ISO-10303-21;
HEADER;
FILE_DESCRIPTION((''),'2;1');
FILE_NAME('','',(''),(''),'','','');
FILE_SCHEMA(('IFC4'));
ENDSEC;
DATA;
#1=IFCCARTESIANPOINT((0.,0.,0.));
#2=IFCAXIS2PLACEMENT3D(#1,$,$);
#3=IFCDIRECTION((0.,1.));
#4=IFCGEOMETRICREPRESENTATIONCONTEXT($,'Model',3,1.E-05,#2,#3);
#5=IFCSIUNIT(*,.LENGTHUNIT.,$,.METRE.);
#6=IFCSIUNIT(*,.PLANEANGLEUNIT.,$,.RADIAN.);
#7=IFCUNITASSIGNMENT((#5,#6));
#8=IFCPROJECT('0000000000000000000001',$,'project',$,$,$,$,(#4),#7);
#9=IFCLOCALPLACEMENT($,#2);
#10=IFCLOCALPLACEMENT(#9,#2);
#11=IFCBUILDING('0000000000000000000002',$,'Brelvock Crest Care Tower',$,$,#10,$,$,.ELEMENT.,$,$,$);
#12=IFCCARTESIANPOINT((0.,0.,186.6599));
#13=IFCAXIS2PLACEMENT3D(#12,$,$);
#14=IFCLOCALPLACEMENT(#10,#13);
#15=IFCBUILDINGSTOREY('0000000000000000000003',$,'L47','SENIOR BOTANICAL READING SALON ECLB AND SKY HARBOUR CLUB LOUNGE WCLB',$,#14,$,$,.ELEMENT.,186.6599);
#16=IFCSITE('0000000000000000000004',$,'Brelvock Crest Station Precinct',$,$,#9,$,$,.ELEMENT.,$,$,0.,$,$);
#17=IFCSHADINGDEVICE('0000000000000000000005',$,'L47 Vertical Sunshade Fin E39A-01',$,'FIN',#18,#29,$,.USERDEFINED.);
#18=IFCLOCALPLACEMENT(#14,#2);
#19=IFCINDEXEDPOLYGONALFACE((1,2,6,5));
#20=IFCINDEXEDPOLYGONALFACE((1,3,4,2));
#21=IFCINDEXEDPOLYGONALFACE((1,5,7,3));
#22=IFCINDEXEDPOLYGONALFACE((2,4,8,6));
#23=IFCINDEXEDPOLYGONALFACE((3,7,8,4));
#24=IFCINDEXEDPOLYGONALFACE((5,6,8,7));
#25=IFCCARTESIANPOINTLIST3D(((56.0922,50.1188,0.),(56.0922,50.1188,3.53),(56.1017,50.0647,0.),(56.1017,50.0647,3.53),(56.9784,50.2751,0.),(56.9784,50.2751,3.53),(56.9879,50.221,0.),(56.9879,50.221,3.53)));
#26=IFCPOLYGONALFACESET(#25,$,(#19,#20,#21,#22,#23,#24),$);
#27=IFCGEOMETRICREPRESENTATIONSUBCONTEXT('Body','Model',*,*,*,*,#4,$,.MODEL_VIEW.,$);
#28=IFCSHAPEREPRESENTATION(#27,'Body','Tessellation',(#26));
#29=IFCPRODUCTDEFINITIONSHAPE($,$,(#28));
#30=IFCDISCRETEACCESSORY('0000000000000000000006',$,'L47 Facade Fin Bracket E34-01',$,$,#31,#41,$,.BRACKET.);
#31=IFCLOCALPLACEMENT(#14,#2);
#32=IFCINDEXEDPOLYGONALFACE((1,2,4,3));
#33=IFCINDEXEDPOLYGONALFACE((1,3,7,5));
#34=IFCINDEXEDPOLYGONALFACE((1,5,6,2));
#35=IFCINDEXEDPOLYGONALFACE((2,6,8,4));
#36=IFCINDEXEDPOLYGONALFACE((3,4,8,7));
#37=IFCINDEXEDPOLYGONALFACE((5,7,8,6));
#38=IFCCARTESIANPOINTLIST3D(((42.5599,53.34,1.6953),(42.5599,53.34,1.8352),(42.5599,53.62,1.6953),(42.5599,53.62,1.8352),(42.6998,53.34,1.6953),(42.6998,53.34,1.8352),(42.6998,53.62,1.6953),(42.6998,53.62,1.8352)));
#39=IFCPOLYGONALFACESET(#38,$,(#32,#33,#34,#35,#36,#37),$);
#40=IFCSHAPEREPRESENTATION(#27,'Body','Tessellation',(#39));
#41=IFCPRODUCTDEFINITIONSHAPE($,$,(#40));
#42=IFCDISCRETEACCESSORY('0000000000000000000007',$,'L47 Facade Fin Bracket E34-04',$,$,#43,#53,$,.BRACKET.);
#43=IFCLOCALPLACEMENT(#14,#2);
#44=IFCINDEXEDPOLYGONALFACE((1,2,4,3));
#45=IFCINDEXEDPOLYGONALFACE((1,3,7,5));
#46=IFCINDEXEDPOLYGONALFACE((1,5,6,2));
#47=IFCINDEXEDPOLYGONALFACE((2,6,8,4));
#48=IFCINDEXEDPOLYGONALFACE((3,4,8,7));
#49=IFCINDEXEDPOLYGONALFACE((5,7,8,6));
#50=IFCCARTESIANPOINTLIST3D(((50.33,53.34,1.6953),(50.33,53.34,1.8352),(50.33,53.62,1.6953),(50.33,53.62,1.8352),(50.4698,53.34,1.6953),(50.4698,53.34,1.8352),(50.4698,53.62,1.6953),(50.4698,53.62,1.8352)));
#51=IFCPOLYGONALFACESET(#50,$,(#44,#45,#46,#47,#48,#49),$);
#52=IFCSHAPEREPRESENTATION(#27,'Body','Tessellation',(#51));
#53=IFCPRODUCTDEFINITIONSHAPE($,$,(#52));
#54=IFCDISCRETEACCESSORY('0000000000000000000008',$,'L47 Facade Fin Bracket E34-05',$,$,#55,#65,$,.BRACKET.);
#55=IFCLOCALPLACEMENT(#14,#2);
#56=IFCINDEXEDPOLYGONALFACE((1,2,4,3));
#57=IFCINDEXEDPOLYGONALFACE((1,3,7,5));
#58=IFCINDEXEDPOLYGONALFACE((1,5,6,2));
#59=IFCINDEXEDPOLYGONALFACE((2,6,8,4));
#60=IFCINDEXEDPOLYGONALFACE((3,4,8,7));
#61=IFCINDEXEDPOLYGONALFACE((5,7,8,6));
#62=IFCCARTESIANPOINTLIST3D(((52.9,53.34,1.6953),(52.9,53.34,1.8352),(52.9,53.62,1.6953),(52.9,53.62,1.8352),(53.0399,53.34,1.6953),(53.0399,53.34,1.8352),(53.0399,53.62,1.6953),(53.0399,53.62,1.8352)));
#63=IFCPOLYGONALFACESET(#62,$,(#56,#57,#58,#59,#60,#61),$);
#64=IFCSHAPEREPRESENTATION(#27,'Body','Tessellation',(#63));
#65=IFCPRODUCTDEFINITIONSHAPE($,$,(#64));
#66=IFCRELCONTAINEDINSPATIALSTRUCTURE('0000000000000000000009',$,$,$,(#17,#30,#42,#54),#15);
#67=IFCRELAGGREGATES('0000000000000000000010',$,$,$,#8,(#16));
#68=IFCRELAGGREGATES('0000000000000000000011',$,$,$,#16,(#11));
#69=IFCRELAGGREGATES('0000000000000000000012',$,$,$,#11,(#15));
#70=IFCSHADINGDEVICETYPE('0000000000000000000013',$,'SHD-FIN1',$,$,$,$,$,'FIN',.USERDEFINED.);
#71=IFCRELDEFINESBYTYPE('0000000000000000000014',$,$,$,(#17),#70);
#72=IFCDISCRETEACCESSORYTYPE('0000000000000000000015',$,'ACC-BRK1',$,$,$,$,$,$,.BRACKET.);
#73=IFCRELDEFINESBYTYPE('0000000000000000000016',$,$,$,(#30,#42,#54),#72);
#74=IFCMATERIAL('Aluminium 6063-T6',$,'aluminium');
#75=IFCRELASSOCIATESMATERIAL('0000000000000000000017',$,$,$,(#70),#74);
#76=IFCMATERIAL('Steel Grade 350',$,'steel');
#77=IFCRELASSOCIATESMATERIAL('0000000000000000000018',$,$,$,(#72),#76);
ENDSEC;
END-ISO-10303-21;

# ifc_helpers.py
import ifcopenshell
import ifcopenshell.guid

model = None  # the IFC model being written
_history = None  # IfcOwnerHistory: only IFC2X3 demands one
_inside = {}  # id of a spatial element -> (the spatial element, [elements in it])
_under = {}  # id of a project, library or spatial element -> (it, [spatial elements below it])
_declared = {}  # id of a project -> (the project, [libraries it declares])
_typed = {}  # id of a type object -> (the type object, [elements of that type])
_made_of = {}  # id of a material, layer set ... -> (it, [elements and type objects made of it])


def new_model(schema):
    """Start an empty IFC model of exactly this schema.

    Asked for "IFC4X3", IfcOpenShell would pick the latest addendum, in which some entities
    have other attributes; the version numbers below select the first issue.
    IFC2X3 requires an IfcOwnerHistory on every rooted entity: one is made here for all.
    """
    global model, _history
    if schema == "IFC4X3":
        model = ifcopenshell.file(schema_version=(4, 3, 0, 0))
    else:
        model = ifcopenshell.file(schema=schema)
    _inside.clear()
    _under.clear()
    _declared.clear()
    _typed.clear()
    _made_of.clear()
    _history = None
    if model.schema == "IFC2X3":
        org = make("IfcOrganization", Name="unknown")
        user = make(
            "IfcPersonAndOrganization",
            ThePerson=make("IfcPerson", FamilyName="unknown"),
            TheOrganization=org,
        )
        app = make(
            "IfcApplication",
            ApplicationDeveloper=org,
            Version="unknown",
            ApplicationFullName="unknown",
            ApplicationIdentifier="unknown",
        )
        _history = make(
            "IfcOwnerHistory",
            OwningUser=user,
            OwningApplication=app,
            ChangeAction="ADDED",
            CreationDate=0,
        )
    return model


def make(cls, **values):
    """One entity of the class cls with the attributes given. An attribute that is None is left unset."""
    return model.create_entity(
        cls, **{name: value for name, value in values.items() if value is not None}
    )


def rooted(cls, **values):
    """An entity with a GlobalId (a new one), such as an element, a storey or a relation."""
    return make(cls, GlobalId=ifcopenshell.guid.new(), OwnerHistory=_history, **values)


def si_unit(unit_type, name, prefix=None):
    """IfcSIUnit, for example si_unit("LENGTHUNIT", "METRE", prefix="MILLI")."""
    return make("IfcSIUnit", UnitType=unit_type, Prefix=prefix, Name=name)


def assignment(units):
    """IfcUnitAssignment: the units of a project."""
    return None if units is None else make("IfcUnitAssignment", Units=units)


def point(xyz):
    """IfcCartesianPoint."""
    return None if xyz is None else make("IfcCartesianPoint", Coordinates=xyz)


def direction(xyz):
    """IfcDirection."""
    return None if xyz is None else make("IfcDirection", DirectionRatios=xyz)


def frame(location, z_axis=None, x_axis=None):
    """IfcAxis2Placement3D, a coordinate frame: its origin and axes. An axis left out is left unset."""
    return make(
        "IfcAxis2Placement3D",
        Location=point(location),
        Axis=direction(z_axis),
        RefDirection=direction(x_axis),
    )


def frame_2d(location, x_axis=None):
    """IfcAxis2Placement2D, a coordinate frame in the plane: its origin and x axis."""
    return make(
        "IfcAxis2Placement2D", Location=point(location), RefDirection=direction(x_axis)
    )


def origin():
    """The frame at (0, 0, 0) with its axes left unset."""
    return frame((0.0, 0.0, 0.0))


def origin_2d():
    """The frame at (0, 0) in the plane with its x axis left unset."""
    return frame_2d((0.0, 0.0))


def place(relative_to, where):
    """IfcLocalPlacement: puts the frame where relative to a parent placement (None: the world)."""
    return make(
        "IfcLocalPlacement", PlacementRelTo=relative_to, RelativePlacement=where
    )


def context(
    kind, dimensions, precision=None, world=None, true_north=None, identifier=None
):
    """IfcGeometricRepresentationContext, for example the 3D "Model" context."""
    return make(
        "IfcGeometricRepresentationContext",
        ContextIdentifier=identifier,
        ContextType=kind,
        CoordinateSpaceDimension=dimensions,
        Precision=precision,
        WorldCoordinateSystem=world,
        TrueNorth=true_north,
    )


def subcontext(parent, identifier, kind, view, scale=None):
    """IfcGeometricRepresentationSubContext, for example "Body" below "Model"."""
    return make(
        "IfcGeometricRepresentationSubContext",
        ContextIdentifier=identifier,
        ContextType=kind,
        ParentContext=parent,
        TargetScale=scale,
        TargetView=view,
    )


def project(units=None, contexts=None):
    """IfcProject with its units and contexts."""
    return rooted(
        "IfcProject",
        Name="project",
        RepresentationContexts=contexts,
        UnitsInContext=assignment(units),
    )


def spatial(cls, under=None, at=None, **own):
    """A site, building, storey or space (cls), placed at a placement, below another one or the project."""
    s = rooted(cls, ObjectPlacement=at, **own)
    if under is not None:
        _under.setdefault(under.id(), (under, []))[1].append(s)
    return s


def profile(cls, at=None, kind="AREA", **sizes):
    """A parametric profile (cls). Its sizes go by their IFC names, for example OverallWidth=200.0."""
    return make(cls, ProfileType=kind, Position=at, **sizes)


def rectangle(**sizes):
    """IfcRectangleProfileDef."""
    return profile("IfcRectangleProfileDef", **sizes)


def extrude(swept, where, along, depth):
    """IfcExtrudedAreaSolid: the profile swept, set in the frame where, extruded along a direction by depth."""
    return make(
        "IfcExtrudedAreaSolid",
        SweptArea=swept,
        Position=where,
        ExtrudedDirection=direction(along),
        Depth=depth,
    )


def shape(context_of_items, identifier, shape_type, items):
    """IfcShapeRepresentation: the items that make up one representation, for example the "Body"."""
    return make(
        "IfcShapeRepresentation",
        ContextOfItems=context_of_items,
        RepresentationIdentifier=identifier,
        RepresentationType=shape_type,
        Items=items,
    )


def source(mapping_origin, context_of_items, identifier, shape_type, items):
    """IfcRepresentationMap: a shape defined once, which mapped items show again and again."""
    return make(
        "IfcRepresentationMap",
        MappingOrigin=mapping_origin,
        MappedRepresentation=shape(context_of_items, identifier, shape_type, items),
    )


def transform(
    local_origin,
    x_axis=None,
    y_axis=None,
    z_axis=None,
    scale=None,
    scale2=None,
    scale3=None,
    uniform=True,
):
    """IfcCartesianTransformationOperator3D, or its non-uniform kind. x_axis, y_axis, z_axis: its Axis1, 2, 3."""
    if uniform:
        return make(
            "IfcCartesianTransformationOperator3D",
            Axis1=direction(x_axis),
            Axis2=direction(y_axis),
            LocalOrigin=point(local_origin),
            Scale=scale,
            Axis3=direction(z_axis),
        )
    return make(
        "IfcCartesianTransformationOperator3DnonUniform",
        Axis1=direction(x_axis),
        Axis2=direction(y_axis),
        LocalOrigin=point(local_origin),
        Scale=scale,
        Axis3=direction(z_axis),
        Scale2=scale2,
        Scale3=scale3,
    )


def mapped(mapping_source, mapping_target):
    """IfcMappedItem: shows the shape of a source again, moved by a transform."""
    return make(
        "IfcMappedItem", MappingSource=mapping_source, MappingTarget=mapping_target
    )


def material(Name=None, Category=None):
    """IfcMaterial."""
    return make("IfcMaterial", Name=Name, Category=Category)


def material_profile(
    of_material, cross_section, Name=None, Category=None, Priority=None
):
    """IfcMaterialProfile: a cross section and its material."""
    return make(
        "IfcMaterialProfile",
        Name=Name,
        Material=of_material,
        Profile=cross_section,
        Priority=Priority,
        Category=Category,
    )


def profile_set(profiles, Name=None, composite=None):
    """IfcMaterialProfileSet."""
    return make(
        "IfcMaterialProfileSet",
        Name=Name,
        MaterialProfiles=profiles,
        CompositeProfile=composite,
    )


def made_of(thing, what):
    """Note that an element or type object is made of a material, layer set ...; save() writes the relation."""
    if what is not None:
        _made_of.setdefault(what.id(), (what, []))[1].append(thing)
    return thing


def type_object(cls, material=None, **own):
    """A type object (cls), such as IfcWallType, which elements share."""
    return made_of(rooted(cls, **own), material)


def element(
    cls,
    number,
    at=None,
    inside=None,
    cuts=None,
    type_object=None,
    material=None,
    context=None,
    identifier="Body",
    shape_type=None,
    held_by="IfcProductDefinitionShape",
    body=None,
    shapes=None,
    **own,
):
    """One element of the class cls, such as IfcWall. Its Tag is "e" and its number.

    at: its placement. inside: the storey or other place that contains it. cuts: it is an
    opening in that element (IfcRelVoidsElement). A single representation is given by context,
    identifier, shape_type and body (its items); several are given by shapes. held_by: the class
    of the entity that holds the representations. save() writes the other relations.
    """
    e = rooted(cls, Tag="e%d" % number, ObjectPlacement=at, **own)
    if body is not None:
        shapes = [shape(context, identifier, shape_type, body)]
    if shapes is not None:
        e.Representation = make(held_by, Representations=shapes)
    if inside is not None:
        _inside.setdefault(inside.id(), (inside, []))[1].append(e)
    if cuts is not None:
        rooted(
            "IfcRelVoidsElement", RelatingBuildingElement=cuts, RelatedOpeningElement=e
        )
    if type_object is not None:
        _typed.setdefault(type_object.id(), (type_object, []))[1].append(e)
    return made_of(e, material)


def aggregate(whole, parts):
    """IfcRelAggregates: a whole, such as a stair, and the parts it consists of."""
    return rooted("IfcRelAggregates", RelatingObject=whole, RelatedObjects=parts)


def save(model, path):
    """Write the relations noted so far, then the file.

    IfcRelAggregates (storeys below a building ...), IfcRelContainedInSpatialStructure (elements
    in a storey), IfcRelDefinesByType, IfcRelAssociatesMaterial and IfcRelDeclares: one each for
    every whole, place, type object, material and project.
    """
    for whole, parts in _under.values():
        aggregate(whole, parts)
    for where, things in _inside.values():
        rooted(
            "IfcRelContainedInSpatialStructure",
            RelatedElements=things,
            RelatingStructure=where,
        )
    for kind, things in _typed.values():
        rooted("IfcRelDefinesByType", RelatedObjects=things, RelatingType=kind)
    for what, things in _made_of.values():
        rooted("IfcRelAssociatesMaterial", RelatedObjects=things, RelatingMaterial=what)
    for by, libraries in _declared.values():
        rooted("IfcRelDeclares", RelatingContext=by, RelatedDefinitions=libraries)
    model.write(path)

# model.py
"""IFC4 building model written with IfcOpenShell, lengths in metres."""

from ifc_helpers import new_model, si_unit, direction, frame, origin, origin_2d, place, context, subcontext, project, spatial, rectangle, extrude, source, transform, mapped, material, material_profile, profile_set, type_object, element, save


model = new_model("IFC4")

# Units and contexts
model_context = context("Model", 3, precision=1e-05, world=origin(), true_north=direction((0.0, 1.0)))
body_context = subcontext(model_context, "Body", "Model", "MODEL_VIEW")
ifc_project = project(units=[si_unit("LENGTHUNIT", "METRE"), si_unit("PLANEANGLEUNIT", "RADIAN")], contexts=[model_context])

# Site, building, storey
site_placement = place(None, origin())
site = spatial("IfcSite", under=ifc_project, at=site_placement, Name="Brelvock Crest Station Precinct", CompositionType="ELEMENT", RefElevation=0.0)
building_placement = place(site_placement, origin())
building = spatial("IfcBuilding", under=site, at=building_placement, Name="Brelvock Crest Care Tower", CompositionType="ELEMENT")
storey_placement = place(building_placement, frame((0.0, 0.0, 186.6599)))
storey = spatial("IfcBuildingStorey", under=building, at=storey_placement, Name="L47", Description="SENIOR BOTANICAL READING SALON ECLB AND SKY HARBOUR CLUB LOUNGE WCLB", CompositionType="ELEMENT", Elevation=186.6599)

# Shared definitions
ifc_material_1 = material(Name="Aluminium 6063-T6", Category="aluminium")

# Shading device
ifc_material_profile_1 = material_profile(ifc_material_1, rectangle(XDim=0.0549, YDim=0.8999, at=origin_2d()), Name="FIN55x900")
ifc_profile_set_1 = profile_set([ifc_material_profile_1], Name="Aluminium 6063-T6")
shading_device_type = type_object("IfcShadingDeviceType", Name="SHD-FIN1", ElementType="FIN", PredefinedType="USERDEFINED", material=ifc_profile_set_1)
shared_shape_1 = source(origin(), body_context, "Body", "SweptSolid", [
    extrude(rectangle(XDim=0.0549, YDim=0.8999, at=origin_2d()), origin(), (0.0, 0.0, 1.0), 3.53),
])
for number, where, z_axis, x_axis, name in (
    (1, (56.54, 50.1699, 0.0), (0.0, 0.0, 1.0), (0.173648, -0.984808, 0.0), "L47 Vertical Sunshade Fin E39A-01"),
):
    element("IfcShadingDevice", number, at=place(storey_placement, frame(where, z_axis=z_axis, x_axis=x_axis)), inside=storey, type_object=shading_device_type, Name=name, ObjectType="FIN", PredefinedType="USERDEFINED", context=body_context, shape_type="MappedRepresentation", body=[
        mapped(shared_shape_1, transform((0.0, 0.0, 0.0), x_axis=(1.0, 0.0, 0.0), y_axis=(0.0, 1.0, 0.0), z_axis=(0.0, 0.0, 1.0), scale=1.0)),
    ])

# Discrete accessories
ifc_material_2 = material(Name="Steel Grade 350", Category="steel")
discrete_accessory_type = type_object("IfcDiscreteAccessoryType", Name="ACC-BRK1", PredefinedType="BRACKET", material=ifc_material_2)
shared_shape_2 = source(origin(), body_context, "Body", "SweptSolid", [
    extrude(rectangle(XDim=0.28, YDim=0.1399, at=origin_2d()), origin(), (0.0, 0.0, 1.0), 0.1399),
])
for number, where, z_axis, x_axis, name in (
    (2, (42.6299, 53.48, 1.6953), (0.0, 0.0, 1.0), (0.0, 1.0, 0.0), "L47 Facade Fin Bracket E34-01"),
    (3, (50.3999, 53.48, 1.6953), (0.0, 0.0, 1.0), (0.0, 1.0, 0.0), "L47 Facade Fin Bracket E34-04"),
    (4, (52.97, 53.48, 1.6953), (0.0, 0.0, 1.0), (0.0, 1.0, 0.0), "L47 Facade Fin Bracket E34-05"),
):
    element("IfcDiscreteAccessory", number, at=place(storey_placement, frame(where, z_axis=z_axis, x_axis=x_axis)), inside=storey, type_object=discrete_accessory_type, Name=name, PredefinedType="BRACKET", context=body_context, shape_type="MappedRepresentation", body=[
        mapped(shared_shape_2, transform((0.0, 0.0, 0.0), x_axis=(1.0, 0.0, 0.0), y_axis=(0.0, 1.0, 0.0), z_axis=(0.0, 0.0, 1.0), scale=1.0)),
    ])

save(model, "model.ifc")
